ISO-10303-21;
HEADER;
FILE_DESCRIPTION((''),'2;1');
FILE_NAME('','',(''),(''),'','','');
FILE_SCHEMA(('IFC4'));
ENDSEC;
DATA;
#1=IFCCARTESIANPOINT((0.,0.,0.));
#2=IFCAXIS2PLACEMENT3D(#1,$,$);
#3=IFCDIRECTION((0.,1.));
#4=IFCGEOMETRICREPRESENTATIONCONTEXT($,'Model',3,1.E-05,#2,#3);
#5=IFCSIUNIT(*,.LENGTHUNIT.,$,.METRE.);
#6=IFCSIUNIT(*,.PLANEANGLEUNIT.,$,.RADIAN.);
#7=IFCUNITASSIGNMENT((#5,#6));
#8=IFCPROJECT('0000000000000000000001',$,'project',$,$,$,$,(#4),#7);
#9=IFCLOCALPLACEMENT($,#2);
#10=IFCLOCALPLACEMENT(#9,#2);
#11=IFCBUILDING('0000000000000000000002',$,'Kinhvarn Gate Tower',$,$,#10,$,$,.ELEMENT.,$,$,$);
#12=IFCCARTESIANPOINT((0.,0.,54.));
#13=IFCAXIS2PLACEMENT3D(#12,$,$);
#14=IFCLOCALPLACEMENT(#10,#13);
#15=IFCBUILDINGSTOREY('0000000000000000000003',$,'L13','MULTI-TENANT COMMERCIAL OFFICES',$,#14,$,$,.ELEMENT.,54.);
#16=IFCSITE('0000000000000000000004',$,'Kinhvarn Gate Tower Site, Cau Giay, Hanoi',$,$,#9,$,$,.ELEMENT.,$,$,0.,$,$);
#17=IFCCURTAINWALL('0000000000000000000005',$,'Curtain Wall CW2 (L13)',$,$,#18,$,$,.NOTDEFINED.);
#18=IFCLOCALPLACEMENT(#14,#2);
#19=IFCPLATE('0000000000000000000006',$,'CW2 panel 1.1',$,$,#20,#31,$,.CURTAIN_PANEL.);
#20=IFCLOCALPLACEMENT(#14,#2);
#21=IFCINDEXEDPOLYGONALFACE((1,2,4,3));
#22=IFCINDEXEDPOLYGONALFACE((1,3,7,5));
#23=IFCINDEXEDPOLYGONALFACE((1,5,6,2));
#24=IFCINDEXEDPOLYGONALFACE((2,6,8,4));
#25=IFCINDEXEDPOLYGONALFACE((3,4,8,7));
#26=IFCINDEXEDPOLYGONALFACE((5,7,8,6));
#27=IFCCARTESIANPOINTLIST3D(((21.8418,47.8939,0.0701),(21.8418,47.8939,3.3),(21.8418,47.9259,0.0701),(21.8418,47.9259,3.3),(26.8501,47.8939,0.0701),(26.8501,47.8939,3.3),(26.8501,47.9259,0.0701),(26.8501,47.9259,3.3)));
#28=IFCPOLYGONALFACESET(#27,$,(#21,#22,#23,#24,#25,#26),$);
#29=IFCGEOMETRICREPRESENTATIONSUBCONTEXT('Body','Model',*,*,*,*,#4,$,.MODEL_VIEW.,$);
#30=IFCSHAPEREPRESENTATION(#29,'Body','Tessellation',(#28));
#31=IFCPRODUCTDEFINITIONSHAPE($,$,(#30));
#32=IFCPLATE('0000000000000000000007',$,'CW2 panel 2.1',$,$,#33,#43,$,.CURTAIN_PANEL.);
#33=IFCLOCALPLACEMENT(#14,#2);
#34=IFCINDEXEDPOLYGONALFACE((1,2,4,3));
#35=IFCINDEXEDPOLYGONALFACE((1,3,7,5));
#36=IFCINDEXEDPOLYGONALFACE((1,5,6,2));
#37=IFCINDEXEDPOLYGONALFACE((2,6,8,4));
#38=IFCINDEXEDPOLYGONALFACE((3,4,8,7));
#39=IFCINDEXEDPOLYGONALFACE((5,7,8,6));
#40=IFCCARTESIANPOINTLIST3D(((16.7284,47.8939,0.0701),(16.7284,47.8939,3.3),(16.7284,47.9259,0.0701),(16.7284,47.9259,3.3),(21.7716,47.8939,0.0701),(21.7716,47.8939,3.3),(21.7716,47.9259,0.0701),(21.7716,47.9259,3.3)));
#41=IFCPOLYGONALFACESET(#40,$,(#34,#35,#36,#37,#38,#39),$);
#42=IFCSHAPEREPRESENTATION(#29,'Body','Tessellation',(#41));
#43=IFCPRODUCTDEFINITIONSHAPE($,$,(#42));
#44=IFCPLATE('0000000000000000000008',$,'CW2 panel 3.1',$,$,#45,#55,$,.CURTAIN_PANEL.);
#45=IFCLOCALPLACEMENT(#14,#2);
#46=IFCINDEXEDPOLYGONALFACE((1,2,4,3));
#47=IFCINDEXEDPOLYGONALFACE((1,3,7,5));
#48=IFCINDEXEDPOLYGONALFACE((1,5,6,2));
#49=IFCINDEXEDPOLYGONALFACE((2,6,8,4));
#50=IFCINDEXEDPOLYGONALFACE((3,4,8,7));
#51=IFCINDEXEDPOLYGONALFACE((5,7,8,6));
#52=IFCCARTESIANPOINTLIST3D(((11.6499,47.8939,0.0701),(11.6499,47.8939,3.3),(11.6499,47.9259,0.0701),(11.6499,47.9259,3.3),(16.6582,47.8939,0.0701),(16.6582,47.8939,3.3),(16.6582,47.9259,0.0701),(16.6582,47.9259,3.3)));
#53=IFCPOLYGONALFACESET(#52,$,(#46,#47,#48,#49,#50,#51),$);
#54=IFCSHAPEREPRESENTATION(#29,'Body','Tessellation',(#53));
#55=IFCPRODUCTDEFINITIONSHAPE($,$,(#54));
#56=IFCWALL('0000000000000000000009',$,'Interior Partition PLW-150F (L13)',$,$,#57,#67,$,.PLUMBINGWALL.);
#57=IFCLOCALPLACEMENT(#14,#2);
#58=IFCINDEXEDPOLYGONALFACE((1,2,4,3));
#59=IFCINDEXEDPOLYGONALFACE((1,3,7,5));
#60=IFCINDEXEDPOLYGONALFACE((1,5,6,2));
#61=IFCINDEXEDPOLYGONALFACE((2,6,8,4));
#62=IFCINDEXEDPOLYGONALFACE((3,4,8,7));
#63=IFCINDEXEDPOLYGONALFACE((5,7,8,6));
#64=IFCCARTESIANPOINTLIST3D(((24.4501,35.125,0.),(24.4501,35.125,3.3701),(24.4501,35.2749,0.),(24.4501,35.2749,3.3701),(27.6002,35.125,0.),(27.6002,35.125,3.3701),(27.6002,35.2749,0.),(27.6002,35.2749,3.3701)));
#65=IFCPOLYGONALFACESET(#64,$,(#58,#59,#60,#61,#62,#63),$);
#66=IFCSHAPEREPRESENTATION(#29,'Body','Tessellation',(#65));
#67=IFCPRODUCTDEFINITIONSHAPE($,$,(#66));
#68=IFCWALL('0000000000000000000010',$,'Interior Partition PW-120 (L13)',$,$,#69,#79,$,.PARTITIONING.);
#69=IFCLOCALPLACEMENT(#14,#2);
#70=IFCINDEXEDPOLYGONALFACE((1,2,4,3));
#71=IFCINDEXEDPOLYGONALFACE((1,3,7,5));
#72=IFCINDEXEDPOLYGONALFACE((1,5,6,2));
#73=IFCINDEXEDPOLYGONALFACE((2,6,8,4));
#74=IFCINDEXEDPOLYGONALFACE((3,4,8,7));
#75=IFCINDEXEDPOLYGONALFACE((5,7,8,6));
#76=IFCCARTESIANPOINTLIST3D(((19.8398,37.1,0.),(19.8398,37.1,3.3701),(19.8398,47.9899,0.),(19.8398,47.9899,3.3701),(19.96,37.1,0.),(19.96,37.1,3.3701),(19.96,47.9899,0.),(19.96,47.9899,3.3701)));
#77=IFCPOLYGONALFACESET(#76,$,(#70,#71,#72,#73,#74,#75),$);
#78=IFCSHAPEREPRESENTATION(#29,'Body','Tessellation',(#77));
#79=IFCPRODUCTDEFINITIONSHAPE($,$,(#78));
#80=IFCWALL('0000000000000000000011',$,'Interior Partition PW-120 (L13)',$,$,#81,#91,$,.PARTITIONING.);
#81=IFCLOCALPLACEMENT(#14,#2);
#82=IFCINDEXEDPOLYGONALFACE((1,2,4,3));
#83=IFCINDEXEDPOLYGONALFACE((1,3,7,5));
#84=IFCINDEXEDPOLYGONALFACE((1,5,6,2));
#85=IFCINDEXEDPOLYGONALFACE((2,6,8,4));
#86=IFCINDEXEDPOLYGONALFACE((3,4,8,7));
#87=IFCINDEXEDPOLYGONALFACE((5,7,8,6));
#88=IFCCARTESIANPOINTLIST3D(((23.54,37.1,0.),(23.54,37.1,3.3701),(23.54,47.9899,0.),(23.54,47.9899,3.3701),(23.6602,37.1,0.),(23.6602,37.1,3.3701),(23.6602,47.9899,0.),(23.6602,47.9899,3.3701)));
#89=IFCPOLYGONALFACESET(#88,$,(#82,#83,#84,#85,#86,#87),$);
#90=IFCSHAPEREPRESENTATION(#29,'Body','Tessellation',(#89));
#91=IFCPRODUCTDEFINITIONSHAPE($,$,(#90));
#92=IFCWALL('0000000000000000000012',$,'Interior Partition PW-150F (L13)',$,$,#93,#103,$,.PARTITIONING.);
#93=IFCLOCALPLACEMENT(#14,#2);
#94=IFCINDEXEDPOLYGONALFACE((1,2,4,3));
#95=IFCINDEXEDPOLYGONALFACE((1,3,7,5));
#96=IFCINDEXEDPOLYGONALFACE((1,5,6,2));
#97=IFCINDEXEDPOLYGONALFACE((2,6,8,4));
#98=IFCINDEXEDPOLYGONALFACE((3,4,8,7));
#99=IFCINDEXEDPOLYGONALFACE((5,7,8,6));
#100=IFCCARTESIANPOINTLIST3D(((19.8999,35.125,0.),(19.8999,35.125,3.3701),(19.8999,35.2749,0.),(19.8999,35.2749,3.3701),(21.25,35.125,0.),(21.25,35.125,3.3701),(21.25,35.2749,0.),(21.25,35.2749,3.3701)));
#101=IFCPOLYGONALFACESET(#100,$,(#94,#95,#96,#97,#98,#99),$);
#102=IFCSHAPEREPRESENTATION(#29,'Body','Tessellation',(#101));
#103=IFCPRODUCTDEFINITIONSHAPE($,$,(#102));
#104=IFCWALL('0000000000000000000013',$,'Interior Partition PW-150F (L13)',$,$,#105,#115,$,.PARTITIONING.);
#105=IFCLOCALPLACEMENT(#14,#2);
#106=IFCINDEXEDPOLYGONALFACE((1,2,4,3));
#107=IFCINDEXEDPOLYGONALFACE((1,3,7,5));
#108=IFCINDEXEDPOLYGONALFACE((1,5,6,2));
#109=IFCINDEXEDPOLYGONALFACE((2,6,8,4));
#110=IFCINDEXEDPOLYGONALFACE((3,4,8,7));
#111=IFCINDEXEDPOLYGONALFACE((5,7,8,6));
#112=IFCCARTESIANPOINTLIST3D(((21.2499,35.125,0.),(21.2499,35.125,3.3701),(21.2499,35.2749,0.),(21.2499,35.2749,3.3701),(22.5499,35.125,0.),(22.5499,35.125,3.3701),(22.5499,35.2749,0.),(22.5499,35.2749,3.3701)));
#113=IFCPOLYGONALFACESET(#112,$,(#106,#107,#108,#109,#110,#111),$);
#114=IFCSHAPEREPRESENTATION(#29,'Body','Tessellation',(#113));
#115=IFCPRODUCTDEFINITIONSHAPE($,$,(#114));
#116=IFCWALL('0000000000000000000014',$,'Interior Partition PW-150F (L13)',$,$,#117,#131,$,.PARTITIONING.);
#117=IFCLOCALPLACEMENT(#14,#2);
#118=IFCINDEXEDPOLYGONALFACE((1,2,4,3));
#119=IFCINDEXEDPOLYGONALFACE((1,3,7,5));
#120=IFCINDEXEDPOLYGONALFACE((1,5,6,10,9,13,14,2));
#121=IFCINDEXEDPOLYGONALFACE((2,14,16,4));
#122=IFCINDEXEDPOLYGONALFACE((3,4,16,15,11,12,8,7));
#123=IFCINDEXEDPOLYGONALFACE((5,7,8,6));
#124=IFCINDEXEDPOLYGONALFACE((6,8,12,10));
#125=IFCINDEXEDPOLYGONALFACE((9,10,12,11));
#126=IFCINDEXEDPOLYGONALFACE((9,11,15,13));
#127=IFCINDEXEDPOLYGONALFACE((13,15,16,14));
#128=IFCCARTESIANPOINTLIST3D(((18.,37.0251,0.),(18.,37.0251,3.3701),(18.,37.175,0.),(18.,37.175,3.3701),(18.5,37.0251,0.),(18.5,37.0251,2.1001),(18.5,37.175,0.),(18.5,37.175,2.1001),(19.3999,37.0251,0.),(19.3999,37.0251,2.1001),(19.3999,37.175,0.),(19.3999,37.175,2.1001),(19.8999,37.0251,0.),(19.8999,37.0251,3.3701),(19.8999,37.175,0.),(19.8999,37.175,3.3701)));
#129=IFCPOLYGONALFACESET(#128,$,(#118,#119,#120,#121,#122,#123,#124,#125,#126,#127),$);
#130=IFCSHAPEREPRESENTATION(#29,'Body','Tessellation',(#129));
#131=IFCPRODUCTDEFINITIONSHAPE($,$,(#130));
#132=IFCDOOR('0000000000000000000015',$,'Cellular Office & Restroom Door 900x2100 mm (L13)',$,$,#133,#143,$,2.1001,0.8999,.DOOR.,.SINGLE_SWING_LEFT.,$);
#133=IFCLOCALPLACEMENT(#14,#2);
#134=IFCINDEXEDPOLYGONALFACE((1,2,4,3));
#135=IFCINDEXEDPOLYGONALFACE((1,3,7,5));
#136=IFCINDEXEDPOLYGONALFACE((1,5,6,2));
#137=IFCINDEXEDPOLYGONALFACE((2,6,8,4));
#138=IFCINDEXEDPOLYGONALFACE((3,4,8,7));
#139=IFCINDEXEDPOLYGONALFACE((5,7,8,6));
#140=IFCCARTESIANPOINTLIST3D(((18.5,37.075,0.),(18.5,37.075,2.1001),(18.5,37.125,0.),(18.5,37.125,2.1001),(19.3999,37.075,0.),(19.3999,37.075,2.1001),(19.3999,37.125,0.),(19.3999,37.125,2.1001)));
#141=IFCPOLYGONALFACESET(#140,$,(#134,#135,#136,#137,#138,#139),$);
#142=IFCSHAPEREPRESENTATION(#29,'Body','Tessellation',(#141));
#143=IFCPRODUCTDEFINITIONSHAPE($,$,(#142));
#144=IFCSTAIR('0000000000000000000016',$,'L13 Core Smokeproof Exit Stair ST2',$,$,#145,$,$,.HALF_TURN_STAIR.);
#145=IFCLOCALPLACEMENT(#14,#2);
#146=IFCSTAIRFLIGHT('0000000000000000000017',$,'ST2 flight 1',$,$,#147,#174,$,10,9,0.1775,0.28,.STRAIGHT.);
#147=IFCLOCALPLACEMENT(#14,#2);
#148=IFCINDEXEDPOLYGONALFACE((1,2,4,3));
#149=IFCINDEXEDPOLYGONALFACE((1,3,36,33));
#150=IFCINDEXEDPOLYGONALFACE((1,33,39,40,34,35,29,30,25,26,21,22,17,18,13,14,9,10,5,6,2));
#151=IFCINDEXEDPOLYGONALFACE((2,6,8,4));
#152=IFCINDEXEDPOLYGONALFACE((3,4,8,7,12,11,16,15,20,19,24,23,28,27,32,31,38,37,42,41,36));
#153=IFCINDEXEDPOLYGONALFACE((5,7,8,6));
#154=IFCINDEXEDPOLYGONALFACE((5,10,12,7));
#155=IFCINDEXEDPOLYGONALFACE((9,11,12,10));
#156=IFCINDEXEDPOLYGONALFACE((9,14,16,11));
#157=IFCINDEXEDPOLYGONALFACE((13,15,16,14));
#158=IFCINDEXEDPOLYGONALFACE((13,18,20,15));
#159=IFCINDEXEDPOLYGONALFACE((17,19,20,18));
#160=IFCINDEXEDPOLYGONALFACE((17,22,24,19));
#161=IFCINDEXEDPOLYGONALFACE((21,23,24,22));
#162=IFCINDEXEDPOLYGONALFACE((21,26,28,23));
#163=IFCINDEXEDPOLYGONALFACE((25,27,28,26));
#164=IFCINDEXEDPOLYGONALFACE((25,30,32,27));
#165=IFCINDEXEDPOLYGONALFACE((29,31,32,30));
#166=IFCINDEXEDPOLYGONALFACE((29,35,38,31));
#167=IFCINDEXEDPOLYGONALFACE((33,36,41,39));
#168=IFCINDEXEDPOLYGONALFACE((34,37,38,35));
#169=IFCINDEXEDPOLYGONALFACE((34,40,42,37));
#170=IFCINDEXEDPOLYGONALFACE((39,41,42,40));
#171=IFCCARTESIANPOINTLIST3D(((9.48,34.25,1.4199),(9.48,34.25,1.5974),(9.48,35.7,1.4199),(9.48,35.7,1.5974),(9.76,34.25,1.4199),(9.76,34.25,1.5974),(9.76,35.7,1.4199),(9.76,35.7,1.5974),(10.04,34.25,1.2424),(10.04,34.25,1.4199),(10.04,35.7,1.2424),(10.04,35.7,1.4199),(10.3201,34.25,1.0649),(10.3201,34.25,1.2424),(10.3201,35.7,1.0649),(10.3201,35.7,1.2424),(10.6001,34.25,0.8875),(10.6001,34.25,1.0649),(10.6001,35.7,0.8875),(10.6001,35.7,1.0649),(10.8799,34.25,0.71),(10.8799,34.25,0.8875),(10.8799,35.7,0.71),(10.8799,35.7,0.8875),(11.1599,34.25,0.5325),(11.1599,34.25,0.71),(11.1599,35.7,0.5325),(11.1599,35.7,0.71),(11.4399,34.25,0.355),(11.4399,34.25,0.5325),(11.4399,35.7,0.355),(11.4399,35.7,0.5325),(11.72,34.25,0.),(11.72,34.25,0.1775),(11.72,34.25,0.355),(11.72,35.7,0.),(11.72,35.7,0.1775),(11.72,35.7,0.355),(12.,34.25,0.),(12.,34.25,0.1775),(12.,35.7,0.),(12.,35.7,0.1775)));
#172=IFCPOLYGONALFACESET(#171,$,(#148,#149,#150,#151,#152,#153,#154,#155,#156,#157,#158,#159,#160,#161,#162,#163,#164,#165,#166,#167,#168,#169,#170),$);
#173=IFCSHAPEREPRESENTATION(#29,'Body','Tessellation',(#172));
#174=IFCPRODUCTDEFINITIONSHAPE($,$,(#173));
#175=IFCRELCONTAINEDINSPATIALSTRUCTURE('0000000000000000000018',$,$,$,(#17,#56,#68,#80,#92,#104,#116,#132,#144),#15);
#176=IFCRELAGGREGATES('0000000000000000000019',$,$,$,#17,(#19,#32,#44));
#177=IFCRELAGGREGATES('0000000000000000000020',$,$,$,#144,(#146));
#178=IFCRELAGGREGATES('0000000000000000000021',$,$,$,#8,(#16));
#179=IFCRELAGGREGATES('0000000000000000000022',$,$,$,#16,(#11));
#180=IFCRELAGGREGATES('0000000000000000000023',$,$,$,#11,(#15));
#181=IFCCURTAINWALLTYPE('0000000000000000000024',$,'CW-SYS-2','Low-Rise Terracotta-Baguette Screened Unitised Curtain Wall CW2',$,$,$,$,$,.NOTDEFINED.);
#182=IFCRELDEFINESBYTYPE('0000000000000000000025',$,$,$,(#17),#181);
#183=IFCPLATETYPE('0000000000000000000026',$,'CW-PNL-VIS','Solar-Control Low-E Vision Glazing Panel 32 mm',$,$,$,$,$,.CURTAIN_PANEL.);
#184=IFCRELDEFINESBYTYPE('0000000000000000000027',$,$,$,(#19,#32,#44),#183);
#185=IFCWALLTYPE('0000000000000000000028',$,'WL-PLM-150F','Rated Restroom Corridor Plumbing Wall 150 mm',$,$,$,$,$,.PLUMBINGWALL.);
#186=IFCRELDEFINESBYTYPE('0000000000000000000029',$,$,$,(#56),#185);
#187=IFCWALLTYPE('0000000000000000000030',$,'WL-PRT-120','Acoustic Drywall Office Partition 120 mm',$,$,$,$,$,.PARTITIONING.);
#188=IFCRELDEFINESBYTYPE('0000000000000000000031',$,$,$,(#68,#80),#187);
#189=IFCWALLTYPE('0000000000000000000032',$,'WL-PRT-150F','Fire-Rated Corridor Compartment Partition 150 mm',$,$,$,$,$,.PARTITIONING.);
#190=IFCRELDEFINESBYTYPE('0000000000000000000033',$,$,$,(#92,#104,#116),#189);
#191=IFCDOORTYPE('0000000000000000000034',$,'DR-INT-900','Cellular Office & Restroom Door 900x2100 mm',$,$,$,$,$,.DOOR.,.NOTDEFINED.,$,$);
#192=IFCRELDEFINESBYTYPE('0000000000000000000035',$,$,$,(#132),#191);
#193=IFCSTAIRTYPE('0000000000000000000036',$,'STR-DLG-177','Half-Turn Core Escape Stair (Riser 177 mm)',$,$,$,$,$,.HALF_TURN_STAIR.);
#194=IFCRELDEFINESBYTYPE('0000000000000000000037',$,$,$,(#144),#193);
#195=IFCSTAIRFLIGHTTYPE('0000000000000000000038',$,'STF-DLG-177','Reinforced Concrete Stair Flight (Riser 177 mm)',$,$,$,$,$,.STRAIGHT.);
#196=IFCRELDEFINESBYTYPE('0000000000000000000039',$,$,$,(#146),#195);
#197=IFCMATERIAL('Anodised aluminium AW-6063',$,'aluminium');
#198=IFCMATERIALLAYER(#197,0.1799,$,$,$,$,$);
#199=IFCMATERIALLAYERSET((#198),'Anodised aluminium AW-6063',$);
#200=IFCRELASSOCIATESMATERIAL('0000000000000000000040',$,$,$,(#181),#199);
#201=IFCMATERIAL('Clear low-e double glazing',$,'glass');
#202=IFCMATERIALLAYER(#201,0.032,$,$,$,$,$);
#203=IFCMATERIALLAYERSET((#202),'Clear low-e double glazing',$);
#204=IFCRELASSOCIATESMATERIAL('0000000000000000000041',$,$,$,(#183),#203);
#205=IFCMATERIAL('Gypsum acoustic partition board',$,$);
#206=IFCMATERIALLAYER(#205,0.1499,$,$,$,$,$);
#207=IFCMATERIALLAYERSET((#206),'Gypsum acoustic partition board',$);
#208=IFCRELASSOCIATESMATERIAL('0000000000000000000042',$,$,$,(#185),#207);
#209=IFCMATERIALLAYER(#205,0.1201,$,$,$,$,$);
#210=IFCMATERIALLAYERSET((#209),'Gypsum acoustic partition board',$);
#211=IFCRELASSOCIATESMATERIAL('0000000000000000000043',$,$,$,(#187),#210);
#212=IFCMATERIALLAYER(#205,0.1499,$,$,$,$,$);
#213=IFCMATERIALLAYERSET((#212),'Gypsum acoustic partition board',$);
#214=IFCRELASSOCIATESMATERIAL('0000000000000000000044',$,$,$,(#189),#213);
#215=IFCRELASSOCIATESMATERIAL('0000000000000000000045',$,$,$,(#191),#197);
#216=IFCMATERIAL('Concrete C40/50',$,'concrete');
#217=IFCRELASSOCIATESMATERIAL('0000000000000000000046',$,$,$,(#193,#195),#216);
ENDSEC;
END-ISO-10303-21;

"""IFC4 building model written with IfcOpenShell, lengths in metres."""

from ifc_helpers import new_model, si_unit, direction, frame, frame_2d, origin, origin_2d, place, context, subcontext, project, spatial, polyline, rectangle, outline, extrude, material, layer, layer_set, type_object, element, fill, aggregate, save


model = new_model("IFC4")

# Units and contexts
model_context = context("Model", 3, precision=1e-05, world=origin(), true_north=direction((0.0, 1.0)))
body_context = subcontext(model_context, "Body", "Model", "MODEL_VIEW")
ifc_project = project(units=[si_unit("LENGTHUNIT", "METRE"), si_unit("PLANEANGLEUNIT", "RADIAN")], contexts=[model_context])

# Site, building, storey
site_placement = place(None, origin())
site = spatial("IfcSite", under=ifc_project, at=site_placement, Name="Kinhvarn Gate Tower Site, Cau Giay, Hanoi", CompositionType="ELEMENT", RefElevation=0.0)
building_placement = place(site_placement, origin())
building = spatial("IfcBuilding", under=site, at=building_placement, Name="Kinhvarn Gate Tower", CompositionType="ELEMENT")
storey_placement = place(building_placement, frame((0.0, 0.0, 54.0)))
storey = spatial("IfcBuildingStorey", under=building, at=storey_placement, Name="L13", Description="MULTI-TENANT COMMERCIAL OFFICES", CompositionType="ELEMENT", Elevation=54.0)

# Curtain wall
ifc_material_1 = material(Name="Anodised aluminium AW-6063", Category="aluminium")
ifc_layer_1 = layer(ifc_material_1, 0.1799)
ifc_layer_set_1 = layer_set([ifc_layer_1], Name="Anodised aluminium AW-6063")
curtain_wall_type = type_object("IfcCurtainWallType", Name="CW-SYS-2", Description="Low-Rise Terracotta-Baguette Screened Unitised Curtain Wall CW2", PredefinedType="NOTDEFINED", material=ifc_layer_set_1)
curtain_wall_placement = place(storey_placement, origin())
curtain_wall = element("IfcCurtainWall", 1, at=curtain_wall_placement, inside=storey, type_object=curtain_wall_type, Name="Curtain Wall CW2 (L13)", PredefinedType="NOTDEFINED")

# Plates
ifc_material_2 = material(Name="Clear low-e double glazing", Category="glass")
ifc_layer_2 = layer(ifc_material_2, 0.032)
ifc_layer_set_2 = layer_set([ifc_layer_2], Name="Clear low-e double glazing")
plate_type = type_object("IfcPlateType", Name="CW-PNL-VIS", Description="Solar-Control Low-E Vision Glazing Panel 32 mm", PredefinedType="CURTAIN_PANEL", material=ifc_layer_set_2)
plate_1_placement = place(storey_placement, frame((24.3459, 47.9099, 0.0701), z_axis=(0.0, 0.0, 1.0), x_axis=(-1.0, 0.0, 0.0)))
plate_1 = element("IfcPlate", 2, at=plate_1_placement, type_object=plate_type, Name="CW2 panel 1.1", PredefinedType="CURTAIN_PANEL", context=body_context, shape_type="SweptSolid", body=[
    extrude(rectangle(XDim=5.0083, YDim=0.032, at=origin_2d()), origin(), (0.0, 0.0, 1.0), 3.23),
])
plate_2_placement = place(storey_placement, frame((19.25, 47.9099, 0.0701), z_axis=(0.0, 0.0, 1.0), x_axis=(-1.0, 0.0, 0.0)))
plate_2 = element("IfcPlate", 3, at=plate_2_placement, type_object=plate_type, Name="CW2 panel 2.1", PredefinedType="CURTAIN_PANEL", context=body_context, shape_type="SweptSolid", body=[
    extrude(rectangle(XDim=5.0432, YDim=0.032, at=origin_2d()), origin(), (0.0, 0.0, 1.0), 3.23),
])
plate_3_placement = place(storey_placement, frame((14.1541, 47.9099, 0.0701), z_axis=(0.0, 0.0, 1.0), x_axis=(-1.0, 0.0, 0.0)))
plate_3 = element("IfcPlate", 4, at=plate_3_placement, type_object=plate_type, Name="CW2 panel 3.1", PredefinedType="CURTAIN_PANEL", context=body_context, shape_type="SweptSolid", body=[
    extrude(rectangle(XDim=5.0083, YDim=0.032, at=origin_2d()), origin(), (0.0, 0.0, 1.0), 3.23),
])
aggregate(curtain_wall, [plate_1, plate_2, plate_3])

# Walls
ifc_material_3 = material(Name="Gypsum acoustic partition board")
ifc_layer_3 = layer(ifc_material_3, 0.1499)
ifc_layer_set_3 = layer_set([ifc_layer_3], Name="Gypsum acoustic partition board")
wall_type_1 = type_object("IfcWallType", Name="WL-PLM-150F", Description="Rated Restroom Corridor Plumbing Wall 150 mm", PredefinedType="PLUMBINGWALL", material=ifc_layer_set_3)
wall_1_placement = place(storey_placement, frame((24.45, 35.2, 0.0), z_axis=(0.0, 0.0, 1.0), x_axis=(1.0, 0.0, 0.0)))
element("IfcWall", 5, at=wall_1_placement, inside=storey, type_object=wall_type_1, Name="Interior Partition PLW-150F (L13)", PredefinedType="PLUMBINGWALL", context=body_context, shape_type="SweptSolid", body=[
    extrude(rectangle(XDim=3.1501, YDim=0.1499, at=frame_2d((1.5752, 0.0))), origin(), (0.0, 0.0, 1.0), 3.3701),
])
ifc_layer_4 = layer(ifc_material_3, 0.1201)
ifc_layer_set_4 = layer_set([ifc_layer_4], Name="Gypsum acoustic partition board")
wall_type_2 = type_object("IfcWallType", Name="WL-PRT-120", Description="Acoustic Drywall Office Partition 120 mm", PredefinedType="PARTITIONING", material=ifc_layer_set_4)
for number, where, z_axis, x_axis, name in (
    (6, (19.8999, 37.1001, 0.0), (0.0, 0.0, 1.0), (0.0, 1.0, 0.0), "Interior Partition PW-120 (L13)"),
    (7, (23.6001, 37.1001, 0.0), (0.0, 0.0, 1.0), (0.0, 1.0, 0.0), "Interior Partition PW-120 (L13)"),
):
    element("IfcWall", number, at=place(storey_placement, frame(where, z_axis=z_axis, x_axis=x_axis)), inside=storey, type_object=wall_type_2, Name=name, PredefinedType="PARTITIONING", context=body_context, shape_type="SweptSolid", body=[
        extrude(rectangle(XDim=10.8899, YDim=0.1201, at=frame_2d((5.4448, 0.0))), origin(), (0.0, 0.0, 1.0), 3.3701),
    ])
ifc_layer_5 = layer(ifc_material_3, 0.1499)
ifc_layer_set_5 = layer_set([ifc_layer_5], Name="Gypsum acoustic partition board")
wall_type_3 = type_object("IfcWallType", Name="WL-PRT-150F", Description="Fire-Rated Corridor Compartment Partition 150 mm", PredefinedType="PARTITIONING", material=ifc_layer_set_5)
wall_2_placement = place(storey_placement, frame((19.8999, 35.2, 0.0), z_axis=(0.0, 0.0, 1.0), x_axis=(1.0, 0.0, 0.0)))
element("IfcWall", 8, at=wall_2_placement, inside=storey, type_object=wall_type_3, Name="Interior Partition PW-150F (L13)", PredefinedType="PARTITIONING", context=body_context, shape_type="SweptSolid", body=[
    extrude(rectangle(XDim=1.3501, YDim=0.1499, at=frame_2d((0.675, 0.0))), origin(), (0.0, 0.0, 1.0), 3.3701),
])
wall_3_placement = place(storey_placement, frame((21.25, 35.2, 0.0), z_axis=(0.0, 0.0, 1.0), x_axis=(1.0, 0.0, 0.0)))
element("IfcWall", 9, at=wall_3_placement, inside=storey, type_object=wall_type_3, Name="Interior Partition PW-150F (L13)", PredefinedType="PARTITIONING", context=body_context, shape_type="SweptSolid", body=[
    extrude(rectangle(XDim=1.3, YDim=0.1499, at=frame_2d((0.6499, 0.0))), origin(), (0.0, 0.0, 1.0), 3.3701),
])

# Wall, opening, door
wall_4_placement = place(storey_placement, frame((18.0, 37.1001, 0.0), z_axis=(0.0, 0.0, 1.0), x_axis=(1.0, 0.0, 0.0)))
wall_4 = element("IfcWall", 10, at=wall_4_placement, inside=storey, type_object=wall_type_3, Name="Interior Partition PW-150F (L13)", PredefinedType="PARTITIONING", context=body_context, shape_type="SweptSolid", body=[
    extrude(rectangle(XDim=1.8999, YDim=0.1499, at=frame_2d((0.95, 0.0))), origin(), (0.0, 0.0, 1.0), 3.3701),
])
opening_1_placement = place(wall_4_placement, frame((0.5, 0.0, 0.0)))
opening_1 = element("IfcOpeningElement", 11, at=opening_1_placement, cuts=wall_4, PredefinedType="OPENING", context=body_context, shape_type="SweptSolid", body=[
    extrude(rectangle(XDim=0.8999, YDim=2.1001, at=frame_2d((0.45, 1.05))), frame((0.0, 0.085, 0.0), z_axis=(0.0, -1.0, 0.0), x_axis=(1.0, 0.0, 0.0)), (0.0, 0.0, 1.0), 0.1699),
])
door_type_1 = type_object("IfcDoorType", Name="DR-INT-900", Description="Cellular Office & Restroom Door 900x2100 mm", OperationType="NOTDEFINED", PredefinedType="DOOR", material=ifc_material_1)
door_1_placement = place(opening_1_placement, origin())
door_1 = element("IfcDoor", 12, at=door_1_placement, inside=storey, type_object=door_type_1, Name="Cellular Office & Restroom Door 900x2100 mm (L13)", OperationType="SINGLE_SWING_LEFT", OverallHeight=2.1001, OverallWidth=0.8999, PredefinedType="DOOR", context=body_context, shape_type="SweptSolid", body=[
    extrude(rectangle(XDim=0.8999, YDim=2.1001, at=frame_2d((0.45, 1.05))), frame((0.0, 0.0249, 0.0), z_axis=(0.0, -1.0, 0.0), x_axis=(1.0, 0.0, 0.0)), (0.0, 0.0, 1.0), 0.05),
])
fill(opening_1, door_1)
ifc_material_4 = material(Name="Concrete C40/50", Category="concrete")

# Stair, stair flight
stair_type = type_object("IfcStairType", Name="STR-DLG-177", Description="Half-Turn Core Escape Stair (Riser 177 mm)", PredefinedType="HALF_TURN_STAIR", material=ifc_material_4)
stair_placement = place(storey_placement, origin())
stair = element("IfcStair", 13, at=stair_placement, inside=storey, type_object=stair_type, Name="L13 Core Smokeproof Exit Stair ST2", PredefinedType="HALF_TURN_STAIR")
stair_flight_type = type_object("IfcStairFlightType", Name="STF-DLG-177", Description="Reinforced Concrete Stair Flight (Riser 177 mm)", PredefinedType="STRAIGHT", material=ifc_material_4)
stair_flight_placement = place(storey_placement, frame((12.0, 34.9751, 0.0), z_axis=(0.0, 0.0, 1.0), x_axis=(-1.0, 0.0, 0.0)))
stair_flight = element("IfcStairFlight", 14, at=stair_flight_placement, type_object=stair_flight_type, Name="ST2 flight 1", NumberOfRisers=10, NumberOfTreads=9, PredefinedType="STRAIGHT", RiserHeight=0.1775, TreadLength=0.28, context=body_context, shape_type="SweptSolid", body=[
    extrude(outline(polyline([(0.0, 0.0), (0.0, 0.1775), (0.28, 0.1775), (0.28, 0.355), (0.5601, 0.355), (0.5601, 0.5325), (0.8401, 0.5325), (0.8401, 0.71), (1.1201, 0.71), (1.1201, 0.8875), (1.3999, 0.8875), (1.3999, 1.0649), (1.6799, 1.0649), (1.6799, 1.2424), (1.96, 1.2424), (1.96, 1.4199), (2.24, 1.4199), (2.24, 1.5974), (2.52, 1.5974), (2.52, 1.7749), (2.52, 1.4199), (0.28, 0.0), (0.0, 0.0)])), frame((0.0, 0.7251, 0.0), z_axis=(0.0, -1.0, 0.0), x_axis=(1.0, 0.0, 0.0)), (0.0, 0.0, 1.0), 1.45),
])
aggregate(stair, [stair_flight])

save(model, "model.ifc")
